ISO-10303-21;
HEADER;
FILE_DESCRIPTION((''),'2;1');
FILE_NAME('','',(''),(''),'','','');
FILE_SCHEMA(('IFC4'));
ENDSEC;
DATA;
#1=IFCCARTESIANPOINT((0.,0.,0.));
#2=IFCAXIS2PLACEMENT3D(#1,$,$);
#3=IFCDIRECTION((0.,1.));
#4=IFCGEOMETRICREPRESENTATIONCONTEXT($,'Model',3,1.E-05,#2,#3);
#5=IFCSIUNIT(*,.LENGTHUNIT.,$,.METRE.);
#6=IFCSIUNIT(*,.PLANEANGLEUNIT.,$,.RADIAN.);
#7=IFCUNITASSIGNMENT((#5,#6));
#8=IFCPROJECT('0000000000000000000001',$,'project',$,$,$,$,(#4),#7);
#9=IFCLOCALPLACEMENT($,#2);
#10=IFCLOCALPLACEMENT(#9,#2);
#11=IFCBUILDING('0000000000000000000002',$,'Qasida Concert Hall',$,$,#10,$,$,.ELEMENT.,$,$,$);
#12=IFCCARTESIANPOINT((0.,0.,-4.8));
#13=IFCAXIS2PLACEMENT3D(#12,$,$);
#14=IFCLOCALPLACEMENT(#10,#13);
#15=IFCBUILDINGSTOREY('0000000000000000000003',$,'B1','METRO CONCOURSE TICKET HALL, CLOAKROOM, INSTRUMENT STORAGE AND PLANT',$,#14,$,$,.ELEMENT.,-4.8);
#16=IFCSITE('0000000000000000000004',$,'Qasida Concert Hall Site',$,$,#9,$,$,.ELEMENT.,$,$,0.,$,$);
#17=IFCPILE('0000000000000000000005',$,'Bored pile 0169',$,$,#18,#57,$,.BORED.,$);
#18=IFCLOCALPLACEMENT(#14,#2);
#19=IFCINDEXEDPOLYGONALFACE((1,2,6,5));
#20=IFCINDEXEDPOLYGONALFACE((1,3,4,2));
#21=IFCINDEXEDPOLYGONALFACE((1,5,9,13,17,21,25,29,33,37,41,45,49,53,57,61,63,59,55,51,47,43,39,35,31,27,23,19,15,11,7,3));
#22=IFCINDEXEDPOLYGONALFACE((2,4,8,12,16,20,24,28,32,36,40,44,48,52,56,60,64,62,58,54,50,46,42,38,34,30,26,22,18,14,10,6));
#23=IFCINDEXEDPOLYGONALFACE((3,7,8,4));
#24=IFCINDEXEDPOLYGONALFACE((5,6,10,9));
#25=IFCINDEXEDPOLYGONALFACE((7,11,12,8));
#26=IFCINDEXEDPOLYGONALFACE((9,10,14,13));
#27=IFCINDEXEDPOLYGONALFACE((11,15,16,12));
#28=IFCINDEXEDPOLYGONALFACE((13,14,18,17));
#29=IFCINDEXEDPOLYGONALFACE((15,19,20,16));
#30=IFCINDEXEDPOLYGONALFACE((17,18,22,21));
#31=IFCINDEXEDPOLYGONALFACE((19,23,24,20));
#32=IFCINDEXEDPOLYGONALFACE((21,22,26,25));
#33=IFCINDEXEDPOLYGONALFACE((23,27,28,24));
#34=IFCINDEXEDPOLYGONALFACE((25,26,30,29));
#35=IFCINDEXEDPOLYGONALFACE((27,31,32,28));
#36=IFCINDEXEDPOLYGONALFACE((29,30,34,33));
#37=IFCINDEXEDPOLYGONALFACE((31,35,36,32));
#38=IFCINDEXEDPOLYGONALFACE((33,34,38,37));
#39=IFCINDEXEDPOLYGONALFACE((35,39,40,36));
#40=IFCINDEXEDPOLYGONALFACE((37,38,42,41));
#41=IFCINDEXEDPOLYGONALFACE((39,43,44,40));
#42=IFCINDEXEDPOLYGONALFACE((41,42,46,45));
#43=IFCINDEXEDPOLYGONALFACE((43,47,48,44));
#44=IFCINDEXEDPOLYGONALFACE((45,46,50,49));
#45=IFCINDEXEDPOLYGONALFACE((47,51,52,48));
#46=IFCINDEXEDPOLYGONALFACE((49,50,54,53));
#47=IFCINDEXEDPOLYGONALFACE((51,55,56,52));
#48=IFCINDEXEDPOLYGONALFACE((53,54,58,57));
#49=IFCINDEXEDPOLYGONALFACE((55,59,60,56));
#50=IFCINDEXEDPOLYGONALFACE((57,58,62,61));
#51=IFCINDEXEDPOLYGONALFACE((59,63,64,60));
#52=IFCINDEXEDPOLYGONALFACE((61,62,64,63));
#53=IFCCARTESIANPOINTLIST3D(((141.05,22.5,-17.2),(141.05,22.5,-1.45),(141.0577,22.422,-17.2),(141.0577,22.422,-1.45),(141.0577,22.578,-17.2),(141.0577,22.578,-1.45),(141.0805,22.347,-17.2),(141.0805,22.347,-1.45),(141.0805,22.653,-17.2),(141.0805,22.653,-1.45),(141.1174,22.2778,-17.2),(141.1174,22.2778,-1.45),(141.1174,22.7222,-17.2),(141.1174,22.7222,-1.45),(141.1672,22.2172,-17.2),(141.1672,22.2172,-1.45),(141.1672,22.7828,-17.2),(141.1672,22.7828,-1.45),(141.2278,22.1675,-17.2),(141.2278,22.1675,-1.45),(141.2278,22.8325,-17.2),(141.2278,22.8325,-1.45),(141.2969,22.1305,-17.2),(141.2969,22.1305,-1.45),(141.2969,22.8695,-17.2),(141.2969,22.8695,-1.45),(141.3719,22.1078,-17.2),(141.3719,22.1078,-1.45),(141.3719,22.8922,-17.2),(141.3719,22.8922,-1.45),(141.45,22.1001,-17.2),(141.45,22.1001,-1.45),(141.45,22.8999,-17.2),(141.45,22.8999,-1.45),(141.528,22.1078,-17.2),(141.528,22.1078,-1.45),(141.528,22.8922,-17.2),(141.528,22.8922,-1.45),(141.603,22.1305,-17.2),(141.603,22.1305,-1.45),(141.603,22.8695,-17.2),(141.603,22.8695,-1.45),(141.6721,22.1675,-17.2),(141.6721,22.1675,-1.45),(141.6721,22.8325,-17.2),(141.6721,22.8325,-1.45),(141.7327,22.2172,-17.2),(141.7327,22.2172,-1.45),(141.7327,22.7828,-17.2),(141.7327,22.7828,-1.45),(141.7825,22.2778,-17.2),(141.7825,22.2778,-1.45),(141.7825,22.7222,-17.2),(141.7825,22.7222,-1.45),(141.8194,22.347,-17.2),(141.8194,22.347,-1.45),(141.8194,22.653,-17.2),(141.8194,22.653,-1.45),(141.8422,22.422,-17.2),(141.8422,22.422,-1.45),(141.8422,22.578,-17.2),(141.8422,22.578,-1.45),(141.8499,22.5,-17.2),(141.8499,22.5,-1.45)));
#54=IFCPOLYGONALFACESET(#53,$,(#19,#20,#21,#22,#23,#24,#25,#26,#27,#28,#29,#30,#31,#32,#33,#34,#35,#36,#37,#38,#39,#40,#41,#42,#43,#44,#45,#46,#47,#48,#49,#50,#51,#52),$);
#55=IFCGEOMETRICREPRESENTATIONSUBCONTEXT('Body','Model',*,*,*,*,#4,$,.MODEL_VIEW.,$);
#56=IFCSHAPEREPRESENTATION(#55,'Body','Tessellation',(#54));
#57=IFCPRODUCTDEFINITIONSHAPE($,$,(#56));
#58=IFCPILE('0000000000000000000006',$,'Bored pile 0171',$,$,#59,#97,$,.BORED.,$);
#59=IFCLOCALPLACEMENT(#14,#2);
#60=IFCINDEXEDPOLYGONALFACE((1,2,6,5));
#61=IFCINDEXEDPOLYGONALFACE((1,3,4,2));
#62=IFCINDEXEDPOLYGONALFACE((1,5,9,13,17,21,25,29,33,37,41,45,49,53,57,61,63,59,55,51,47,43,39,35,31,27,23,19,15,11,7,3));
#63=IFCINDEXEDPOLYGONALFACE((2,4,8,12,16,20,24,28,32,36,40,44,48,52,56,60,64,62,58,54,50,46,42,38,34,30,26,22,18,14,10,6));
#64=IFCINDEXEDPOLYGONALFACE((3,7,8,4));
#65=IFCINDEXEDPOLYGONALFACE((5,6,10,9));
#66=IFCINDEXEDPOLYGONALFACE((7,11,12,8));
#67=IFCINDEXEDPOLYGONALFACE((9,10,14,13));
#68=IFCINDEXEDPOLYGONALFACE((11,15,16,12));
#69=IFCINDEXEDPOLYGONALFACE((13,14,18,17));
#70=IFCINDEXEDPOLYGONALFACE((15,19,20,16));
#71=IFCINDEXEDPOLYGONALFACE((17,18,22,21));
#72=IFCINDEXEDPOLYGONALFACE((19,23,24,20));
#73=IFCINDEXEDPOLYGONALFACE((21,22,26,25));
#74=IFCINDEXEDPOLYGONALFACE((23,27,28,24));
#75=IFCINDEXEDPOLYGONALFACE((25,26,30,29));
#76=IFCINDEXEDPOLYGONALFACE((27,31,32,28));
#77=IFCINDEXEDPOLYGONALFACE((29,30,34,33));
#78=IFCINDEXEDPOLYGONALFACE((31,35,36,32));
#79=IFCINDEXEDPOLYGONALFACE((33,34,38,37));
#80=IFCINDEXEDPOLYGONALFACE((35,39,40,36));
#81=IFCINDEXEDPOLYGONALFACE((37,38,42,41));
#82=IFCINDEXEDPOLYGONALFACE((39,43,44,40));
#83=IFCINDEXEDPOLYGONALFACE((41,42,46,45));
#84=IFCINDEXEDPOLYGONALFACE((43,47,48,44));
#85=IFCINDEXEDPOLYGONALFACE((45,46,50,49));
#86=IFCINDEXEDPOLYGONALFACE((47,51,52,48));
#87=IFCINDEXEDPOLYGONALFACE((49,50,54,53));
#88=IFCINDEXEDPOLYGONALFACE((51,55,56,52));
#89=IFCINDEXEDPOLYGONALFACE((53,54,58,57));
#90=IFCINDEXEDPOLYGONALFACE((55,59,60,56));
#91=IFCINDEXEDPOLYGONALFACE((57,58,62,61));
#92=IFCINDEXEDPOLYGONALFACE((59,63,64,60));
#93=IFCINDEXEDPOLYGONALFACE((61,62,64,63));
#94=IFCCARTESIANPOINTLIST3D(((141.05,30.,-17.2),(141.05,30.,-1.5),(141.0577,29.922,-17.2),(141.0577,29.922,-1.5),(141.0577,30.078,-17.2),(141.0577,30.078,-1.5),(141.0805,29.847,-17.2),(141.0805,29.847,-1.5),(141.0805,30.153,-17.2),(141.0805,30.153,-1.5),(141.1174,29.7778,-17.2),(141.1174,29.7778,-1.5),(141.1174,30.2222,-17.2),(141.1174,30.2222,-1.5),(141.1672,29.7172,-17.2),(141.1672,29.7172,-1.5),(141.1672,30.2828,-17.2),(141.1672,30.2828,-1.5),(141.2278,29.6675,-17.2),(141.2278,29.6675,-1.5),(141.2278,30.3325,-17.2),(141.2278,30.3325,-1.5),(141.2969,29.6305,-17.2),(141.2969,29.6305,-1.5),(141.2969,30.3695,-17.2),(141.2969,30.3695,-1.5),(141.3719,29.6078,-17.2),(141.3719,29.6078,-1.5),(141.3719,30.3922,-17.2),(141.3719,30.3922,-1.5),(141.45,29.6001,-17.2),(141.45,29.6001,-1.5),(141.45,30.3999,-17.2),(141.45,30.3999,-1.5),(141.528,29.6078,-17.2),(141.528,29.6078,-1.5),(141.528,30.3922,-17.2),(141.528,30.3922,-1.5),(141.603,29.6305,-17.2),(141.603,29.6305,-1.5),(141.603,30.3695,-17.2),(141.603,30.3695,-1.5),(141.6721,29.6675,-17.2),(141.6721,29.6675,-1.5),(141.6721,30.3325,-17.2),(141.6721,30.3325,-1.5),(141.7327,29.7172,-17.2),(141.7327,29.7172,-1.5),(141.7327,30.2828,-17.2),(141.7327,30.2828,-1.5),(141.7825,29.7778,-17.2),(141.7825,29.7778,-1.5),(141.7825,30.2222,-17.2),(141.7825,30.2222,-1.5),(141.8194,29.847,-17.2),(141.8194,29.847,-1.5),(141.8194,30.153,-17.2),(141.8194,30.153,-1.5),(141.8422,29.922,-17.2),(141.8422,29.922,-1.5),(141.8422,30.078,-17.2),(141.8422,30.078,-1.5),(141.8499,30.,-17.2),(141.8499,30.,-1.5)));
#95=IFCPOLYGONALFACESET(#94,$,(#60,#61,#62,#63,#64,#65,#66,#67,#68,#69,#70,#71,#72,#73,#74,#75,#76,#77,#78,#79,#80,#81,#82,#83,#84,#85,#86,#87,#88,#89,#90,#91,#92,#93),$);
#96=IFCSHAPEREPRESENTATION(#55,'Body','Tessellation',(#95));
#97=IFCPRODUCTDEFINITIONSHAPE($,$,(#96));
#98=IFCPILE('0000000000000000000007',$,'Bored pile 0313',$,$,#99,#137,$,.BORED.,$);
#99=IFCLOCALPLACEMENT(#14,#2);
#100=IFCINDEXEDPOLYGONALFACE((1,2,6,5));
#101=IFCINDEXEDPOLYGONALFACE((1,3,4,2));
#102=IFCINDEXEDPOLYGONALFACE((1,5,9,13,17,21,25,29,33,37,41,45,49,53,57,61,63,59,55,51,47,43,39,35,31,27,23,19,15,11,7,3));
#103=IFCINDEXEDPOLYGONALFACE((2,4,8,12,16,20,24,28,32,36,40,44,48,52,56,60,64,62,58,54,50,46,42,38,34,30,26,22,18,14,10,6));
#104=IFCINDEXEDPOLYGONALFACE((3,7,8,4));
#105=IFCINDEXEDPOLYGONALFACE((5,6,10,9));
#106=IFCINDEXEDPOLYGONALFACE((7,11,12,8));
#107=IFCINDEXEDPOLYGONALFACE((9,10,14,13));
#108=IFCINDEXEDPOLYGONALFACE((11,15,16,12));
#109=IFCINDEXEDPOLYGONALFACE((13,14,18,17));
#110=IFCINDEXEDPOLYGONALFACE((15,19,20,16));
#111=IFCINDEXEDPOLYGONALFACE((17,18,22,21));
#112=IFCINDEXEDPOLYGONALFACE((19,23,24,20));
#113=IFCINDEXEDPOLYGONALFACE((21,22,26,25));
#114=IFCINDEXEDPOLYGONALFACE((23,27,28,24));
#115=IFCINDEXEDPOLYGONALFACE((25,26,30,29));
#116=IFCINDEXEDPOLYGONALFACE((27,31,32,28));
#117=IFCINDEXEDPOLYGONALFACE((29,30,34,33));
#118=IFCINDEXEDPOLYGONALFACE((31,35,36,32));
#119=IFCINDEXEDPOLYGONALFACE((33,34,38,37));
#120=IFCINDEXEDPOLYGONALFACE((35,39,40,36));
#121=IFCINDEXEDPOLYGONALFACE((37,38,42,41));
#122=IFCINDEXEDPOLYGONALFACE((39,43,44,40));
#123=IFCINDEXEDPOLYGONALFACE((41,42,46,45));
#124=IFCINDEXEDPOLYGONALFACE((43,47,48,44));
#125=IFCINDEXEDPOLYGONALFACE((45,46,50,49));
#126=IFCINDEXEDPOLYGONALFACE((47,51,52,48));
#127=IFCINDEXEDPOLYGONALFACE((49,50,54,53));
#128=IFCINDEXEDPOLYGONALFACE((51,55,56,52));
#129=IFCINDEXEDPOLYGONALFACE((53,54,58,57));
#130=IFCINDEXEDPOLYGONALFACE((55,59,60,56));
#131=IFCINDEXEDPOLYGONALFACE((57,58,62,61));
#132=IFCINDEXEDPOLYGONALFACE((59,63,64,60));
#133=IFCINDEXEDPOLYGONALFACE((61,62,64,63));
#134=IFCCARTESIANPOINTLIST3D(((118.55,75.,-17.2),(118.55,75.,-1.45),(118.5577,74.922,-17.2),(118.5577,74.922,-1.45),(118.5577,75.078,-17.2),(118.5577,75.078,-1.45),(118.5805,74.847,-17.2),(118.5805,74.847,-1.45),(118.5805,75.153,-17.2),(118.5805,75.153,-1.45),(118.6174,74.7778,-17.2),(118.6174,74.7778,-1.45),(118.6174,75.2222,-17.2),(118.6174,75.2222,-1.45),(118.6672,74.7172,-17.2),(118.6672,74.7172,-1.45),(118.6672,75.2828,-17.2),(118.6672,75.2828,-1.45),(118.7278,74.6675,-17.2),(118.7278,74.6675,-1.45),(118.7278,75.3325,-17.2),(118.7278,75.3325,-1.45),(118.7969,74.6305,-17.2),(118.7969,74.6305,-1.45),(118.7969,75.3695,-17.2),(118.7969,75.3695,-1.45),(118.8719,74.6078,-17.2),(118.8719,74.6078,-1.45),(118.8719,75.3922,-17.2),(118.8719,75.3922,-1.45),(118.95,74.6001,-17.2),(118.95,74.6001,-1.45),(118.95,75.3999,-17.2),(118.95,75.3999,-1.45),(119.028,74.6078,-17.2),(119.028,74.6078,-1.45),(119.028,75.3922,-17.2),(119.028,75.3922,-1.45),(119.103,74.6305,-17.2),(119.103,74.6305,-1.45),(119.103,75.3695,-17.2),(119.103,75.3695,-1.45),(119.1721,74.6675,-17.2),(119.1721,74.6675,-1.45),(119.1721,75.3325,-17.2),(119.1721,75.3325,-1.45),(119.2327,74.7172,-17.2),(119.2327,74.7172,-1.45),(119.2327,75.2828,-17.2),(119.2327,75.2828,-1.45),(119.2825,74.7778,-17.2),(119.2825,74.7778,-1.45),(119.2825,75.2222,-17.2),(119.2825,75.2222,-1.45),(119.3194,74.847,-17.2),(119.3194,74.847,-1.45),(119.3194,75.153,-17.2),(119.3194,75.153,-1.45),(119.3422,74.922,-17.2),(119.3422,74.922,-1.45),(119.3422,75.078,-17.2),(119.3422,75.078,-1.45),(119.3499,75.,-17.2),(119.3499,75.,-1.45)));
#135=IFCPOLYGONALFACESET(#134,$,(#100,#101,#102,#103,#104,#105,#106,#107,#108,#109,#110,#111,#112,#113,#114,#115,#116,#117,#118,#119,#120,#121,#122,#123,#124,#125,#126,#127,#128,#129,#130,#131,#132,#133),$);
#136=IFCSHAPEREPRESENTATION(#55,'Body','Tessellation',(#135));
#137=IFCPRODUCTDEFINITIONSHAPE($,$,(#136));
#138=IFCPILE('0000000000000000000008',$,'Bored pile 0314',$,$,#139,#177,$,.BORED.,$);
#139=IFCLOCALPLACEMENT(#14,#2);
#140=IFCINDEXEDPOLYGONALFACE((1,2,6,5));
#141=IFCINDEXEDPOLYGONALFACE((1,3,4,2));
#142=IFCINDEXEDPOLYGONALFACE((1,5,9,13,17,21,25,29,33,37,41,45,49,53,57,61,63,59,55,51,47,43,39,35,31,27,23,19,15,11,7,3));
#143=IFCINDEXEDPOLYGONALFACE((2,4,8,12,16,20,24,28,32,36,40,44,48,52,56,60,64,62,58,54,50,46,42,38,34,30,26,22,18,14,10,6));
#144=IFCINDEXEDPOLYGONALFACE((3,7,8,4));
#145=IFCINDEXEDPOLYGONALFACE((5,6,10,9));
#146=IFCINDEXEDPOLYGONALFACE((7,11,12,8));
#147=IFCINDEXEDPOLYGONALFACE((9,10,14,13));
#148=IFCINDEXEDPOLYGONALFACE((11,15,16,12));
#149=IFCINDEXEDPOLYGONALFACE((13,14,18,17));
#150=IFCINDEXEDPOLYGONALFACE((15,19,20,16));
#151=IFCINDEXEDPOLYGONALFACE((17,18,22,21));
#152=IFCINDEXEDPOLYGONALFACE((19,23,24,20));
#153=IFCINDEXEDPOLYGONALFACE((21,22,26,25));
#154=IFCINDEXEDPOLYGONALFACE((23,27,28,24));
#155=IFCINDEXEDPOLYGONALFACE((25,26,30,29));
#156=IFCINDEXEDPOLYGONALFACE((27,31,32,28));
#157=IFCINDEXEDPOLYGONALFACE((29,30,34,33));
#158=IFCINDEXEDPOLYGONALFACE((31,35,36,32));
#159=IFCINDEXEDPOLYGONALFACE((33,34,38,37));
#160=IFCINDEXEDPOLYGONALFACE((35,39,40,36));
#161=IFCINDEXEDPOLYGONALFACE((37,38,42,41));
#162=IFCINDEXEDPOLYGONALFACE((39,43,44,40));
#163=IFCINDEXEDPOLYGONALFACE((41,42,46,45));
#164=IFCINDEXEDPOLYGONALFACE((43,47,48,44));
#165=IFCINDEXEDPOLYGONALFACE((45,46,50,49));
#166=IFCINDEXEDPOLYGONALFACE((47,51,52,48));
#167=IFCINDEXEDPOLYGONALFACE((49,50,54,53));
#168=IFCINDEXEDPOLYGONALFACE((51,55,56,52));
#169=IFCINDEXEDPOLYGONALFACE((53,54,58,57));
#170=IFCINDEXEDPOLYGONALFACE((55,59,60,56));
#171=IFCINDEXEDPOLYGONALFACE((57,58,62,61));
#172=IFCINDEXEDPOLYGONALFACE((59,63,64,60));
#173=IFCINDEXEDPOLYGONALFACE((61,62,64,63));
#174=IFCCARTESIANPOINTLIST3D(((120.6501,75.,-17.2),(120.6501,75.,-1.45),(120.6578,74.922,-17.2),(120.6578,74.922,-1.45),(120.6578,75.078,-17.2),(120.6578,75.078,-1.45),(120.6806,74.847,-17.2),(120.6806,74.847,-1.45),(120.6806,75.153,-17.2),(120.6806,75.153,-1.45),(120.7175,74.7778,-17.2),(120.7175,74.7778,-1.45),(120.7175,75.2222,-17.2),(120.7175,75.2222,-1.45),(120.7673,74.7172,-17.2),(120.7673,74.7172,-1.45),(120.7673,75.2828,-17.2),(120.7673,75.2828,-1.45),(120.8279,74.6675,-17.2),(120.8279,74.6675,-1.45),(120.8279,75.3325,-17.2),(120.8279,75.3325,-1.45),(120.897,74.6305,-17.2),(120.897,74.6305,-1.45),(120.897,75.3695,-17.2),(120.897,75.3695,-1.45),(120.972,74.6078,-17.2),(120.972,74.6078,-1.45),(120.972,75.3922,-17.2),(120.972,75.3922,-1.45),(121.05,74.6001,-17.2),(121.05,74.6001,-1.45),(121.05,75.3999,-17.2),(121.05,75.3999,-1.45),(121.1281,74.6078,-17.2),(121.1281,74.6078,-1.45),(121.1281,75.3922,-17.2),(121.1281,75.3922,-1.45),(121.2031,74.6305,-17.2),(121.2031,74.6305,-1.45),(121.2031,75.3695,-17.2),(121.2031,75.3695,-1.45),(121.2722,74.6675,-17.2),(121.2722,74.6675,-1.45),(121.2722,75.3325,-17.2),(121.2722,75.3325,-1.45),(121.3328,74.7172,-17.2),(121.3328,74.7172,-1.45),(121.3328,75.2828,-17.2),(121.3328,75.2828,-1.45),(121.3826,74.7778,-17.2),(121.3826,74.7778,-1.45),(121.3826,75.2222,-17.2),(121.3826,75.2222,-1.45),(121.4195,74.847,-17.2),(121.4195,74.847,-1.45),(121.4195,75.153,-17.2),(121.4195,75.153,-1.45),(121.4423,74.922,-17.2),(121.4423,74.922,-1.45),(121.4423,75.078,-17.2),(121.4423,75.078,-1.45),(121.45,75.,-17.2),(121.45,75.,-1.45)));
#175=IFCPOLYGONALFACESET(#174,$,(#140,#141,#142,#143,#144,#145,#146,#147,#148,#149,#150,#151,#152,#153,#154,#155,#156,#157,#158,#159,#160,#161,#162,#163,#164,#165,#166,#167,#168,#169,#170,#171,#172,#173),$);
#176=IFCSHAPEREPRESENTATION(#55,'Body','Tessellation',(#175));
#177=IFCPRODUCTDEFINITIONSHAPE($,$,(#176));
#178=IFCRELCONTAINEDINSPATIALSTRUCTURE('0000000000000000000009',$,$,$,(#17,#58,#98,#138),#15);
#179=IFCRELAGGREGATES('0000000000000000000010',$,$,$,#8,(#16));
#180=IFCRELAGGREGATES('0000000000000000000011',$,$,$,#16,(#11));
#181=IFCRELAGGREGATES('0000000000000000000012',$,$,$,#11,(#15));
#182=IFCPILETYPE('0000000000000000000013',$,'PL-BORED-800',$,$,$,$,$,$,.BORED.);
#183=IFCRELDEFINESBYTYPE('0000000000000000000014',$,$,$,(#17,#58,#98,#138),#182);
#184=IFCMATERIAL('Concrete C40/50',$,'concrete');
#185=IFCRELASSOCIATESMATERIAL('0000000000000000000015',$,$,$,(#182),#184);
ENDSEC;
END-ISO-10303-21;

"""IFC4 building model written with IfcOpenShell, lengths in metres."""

from ifc_helpers import new_model, si_unit, direction, frame, origin, origin_2d, place, context, subcontext, project, spatial, circle, extrude, material, material_profile, profile_set, type_object, element, save


model = new_model("IFC4")

# Units and contexts
model_context = context("Model", 3, precision=1e-05, world=origin(), true_north=direction((0.0, 1.0)))
body_context = subcontext(model_context, "Body", "Model", "MODEL_VIEW")
ifc_project = project(units=[si_unit("LENGTHUNIT", "METRE"), si_unit("PLANEANGLEUNIT", "RADIAN")], contexts=[model_context])

# Site, building, storey
site_placement = place(None, origin())
site = spatial("IfcSite", under=ifc_project, at=site_placement, Name="Qasida Concert Hall Site", CompositionType="ELEMENT", RefElevation=0.0)
building_placement = place(site_placement, origin())
building = spatial("IfcBuilding", under=site, at=building_placement, Name="Qasida Concert Hall", CompositionType="ELEMENT")
storey_placement = place(building_placement, frame((0.0, 0.0, -4.8)))
storey = spatial("IfcBuildingStorey", under=building, at=storey_placement, Name="B1", Description="METRO CONCOURSE TICKET HALL, CLOAKROOM, INSTRUMENT STORAGE AND PLANT", CompositionType="ELEMENT", Elevation=-4.8)

# Shared definitions
ifc_material_1 = material(Name="Concrete C40/50", Category="concrete")

# Piles
ifc_material_profile_1 = material_profile(ifc_material_1, circle(Radius=0.3999, at=origin_2d()), Name="BORED PILE D800")
ifc_profile_set_1 = profile_set([ifc_material_profile_1], Name="Concrete C40/50")
pile_type_1 = type_object("IfcPileType", Name="PL-BORED-800", PredefinedType="BORED", material=ifc_profile_set_1)
pile_1_placement = place(storey_placement, frame((141.45, 22.5, -1.45), z_axis=(0.0, 0.0, -1.0), x_axis=(1.0, 0.0, 0.0)))
element("IfcPile", 1, at=pile_1_placement, inside=storey, type_object=pile_type_1, Name="Bored pile 0169", PredefinedType="BORED", context=body_context, shape_type="SweptSolid", body=[
    extrude(circle(Radius=0.3999, at=origin_2d()), origin(), (0.0, 0.0, 1.0), 15.75),
])
pile_2_placement = place(storey_placement, frame((141.45, 30.0, -1.5), z_axis=(0.0, 0.0, -1.0), x_axis=(1.0, 0.0, 0.0)))
element("IfcPile", 2, at=pile_2_placement, inside=storey, type_object=pile_type_1, Name="Bored pile 0171", PredefinedType="BORED", context=body_context, shape_type="SweptSolid", body=[
    extrude(circle(Radius=0.3999, at=origin_2d()), origin(), (0.0, 0.0, 1.0), 15.7),
])
for number, where, z_axis, x_axis, name in (
    (3, (118.95, 75.0, -1.45), (0.0, 0.0, -1.0), (1.0, 0.0, 0.0), "Bored pile 0313"),
    (4, (121.05, 75.0, -1.45), (0.0, 0.0, -1.0), (1.0, 0.0, 0.0), "Bored pile 0314"),
):
    element("IfcPile", number, at=place(storey_placement, frame(where, z_axis=z_axis, x_axis=x_axis)), inside=storey, type_object=pile_type_1, Name=name, PredefinedType="BORED", context=body_context, shape_type="SweptSolid", body=[
        extrude(circle(Radius=0.3999, at=origin_2d()), origin(), (0.0, 0.0, 1.0), 15.75),
    ])

save(model, "model.ifc")
